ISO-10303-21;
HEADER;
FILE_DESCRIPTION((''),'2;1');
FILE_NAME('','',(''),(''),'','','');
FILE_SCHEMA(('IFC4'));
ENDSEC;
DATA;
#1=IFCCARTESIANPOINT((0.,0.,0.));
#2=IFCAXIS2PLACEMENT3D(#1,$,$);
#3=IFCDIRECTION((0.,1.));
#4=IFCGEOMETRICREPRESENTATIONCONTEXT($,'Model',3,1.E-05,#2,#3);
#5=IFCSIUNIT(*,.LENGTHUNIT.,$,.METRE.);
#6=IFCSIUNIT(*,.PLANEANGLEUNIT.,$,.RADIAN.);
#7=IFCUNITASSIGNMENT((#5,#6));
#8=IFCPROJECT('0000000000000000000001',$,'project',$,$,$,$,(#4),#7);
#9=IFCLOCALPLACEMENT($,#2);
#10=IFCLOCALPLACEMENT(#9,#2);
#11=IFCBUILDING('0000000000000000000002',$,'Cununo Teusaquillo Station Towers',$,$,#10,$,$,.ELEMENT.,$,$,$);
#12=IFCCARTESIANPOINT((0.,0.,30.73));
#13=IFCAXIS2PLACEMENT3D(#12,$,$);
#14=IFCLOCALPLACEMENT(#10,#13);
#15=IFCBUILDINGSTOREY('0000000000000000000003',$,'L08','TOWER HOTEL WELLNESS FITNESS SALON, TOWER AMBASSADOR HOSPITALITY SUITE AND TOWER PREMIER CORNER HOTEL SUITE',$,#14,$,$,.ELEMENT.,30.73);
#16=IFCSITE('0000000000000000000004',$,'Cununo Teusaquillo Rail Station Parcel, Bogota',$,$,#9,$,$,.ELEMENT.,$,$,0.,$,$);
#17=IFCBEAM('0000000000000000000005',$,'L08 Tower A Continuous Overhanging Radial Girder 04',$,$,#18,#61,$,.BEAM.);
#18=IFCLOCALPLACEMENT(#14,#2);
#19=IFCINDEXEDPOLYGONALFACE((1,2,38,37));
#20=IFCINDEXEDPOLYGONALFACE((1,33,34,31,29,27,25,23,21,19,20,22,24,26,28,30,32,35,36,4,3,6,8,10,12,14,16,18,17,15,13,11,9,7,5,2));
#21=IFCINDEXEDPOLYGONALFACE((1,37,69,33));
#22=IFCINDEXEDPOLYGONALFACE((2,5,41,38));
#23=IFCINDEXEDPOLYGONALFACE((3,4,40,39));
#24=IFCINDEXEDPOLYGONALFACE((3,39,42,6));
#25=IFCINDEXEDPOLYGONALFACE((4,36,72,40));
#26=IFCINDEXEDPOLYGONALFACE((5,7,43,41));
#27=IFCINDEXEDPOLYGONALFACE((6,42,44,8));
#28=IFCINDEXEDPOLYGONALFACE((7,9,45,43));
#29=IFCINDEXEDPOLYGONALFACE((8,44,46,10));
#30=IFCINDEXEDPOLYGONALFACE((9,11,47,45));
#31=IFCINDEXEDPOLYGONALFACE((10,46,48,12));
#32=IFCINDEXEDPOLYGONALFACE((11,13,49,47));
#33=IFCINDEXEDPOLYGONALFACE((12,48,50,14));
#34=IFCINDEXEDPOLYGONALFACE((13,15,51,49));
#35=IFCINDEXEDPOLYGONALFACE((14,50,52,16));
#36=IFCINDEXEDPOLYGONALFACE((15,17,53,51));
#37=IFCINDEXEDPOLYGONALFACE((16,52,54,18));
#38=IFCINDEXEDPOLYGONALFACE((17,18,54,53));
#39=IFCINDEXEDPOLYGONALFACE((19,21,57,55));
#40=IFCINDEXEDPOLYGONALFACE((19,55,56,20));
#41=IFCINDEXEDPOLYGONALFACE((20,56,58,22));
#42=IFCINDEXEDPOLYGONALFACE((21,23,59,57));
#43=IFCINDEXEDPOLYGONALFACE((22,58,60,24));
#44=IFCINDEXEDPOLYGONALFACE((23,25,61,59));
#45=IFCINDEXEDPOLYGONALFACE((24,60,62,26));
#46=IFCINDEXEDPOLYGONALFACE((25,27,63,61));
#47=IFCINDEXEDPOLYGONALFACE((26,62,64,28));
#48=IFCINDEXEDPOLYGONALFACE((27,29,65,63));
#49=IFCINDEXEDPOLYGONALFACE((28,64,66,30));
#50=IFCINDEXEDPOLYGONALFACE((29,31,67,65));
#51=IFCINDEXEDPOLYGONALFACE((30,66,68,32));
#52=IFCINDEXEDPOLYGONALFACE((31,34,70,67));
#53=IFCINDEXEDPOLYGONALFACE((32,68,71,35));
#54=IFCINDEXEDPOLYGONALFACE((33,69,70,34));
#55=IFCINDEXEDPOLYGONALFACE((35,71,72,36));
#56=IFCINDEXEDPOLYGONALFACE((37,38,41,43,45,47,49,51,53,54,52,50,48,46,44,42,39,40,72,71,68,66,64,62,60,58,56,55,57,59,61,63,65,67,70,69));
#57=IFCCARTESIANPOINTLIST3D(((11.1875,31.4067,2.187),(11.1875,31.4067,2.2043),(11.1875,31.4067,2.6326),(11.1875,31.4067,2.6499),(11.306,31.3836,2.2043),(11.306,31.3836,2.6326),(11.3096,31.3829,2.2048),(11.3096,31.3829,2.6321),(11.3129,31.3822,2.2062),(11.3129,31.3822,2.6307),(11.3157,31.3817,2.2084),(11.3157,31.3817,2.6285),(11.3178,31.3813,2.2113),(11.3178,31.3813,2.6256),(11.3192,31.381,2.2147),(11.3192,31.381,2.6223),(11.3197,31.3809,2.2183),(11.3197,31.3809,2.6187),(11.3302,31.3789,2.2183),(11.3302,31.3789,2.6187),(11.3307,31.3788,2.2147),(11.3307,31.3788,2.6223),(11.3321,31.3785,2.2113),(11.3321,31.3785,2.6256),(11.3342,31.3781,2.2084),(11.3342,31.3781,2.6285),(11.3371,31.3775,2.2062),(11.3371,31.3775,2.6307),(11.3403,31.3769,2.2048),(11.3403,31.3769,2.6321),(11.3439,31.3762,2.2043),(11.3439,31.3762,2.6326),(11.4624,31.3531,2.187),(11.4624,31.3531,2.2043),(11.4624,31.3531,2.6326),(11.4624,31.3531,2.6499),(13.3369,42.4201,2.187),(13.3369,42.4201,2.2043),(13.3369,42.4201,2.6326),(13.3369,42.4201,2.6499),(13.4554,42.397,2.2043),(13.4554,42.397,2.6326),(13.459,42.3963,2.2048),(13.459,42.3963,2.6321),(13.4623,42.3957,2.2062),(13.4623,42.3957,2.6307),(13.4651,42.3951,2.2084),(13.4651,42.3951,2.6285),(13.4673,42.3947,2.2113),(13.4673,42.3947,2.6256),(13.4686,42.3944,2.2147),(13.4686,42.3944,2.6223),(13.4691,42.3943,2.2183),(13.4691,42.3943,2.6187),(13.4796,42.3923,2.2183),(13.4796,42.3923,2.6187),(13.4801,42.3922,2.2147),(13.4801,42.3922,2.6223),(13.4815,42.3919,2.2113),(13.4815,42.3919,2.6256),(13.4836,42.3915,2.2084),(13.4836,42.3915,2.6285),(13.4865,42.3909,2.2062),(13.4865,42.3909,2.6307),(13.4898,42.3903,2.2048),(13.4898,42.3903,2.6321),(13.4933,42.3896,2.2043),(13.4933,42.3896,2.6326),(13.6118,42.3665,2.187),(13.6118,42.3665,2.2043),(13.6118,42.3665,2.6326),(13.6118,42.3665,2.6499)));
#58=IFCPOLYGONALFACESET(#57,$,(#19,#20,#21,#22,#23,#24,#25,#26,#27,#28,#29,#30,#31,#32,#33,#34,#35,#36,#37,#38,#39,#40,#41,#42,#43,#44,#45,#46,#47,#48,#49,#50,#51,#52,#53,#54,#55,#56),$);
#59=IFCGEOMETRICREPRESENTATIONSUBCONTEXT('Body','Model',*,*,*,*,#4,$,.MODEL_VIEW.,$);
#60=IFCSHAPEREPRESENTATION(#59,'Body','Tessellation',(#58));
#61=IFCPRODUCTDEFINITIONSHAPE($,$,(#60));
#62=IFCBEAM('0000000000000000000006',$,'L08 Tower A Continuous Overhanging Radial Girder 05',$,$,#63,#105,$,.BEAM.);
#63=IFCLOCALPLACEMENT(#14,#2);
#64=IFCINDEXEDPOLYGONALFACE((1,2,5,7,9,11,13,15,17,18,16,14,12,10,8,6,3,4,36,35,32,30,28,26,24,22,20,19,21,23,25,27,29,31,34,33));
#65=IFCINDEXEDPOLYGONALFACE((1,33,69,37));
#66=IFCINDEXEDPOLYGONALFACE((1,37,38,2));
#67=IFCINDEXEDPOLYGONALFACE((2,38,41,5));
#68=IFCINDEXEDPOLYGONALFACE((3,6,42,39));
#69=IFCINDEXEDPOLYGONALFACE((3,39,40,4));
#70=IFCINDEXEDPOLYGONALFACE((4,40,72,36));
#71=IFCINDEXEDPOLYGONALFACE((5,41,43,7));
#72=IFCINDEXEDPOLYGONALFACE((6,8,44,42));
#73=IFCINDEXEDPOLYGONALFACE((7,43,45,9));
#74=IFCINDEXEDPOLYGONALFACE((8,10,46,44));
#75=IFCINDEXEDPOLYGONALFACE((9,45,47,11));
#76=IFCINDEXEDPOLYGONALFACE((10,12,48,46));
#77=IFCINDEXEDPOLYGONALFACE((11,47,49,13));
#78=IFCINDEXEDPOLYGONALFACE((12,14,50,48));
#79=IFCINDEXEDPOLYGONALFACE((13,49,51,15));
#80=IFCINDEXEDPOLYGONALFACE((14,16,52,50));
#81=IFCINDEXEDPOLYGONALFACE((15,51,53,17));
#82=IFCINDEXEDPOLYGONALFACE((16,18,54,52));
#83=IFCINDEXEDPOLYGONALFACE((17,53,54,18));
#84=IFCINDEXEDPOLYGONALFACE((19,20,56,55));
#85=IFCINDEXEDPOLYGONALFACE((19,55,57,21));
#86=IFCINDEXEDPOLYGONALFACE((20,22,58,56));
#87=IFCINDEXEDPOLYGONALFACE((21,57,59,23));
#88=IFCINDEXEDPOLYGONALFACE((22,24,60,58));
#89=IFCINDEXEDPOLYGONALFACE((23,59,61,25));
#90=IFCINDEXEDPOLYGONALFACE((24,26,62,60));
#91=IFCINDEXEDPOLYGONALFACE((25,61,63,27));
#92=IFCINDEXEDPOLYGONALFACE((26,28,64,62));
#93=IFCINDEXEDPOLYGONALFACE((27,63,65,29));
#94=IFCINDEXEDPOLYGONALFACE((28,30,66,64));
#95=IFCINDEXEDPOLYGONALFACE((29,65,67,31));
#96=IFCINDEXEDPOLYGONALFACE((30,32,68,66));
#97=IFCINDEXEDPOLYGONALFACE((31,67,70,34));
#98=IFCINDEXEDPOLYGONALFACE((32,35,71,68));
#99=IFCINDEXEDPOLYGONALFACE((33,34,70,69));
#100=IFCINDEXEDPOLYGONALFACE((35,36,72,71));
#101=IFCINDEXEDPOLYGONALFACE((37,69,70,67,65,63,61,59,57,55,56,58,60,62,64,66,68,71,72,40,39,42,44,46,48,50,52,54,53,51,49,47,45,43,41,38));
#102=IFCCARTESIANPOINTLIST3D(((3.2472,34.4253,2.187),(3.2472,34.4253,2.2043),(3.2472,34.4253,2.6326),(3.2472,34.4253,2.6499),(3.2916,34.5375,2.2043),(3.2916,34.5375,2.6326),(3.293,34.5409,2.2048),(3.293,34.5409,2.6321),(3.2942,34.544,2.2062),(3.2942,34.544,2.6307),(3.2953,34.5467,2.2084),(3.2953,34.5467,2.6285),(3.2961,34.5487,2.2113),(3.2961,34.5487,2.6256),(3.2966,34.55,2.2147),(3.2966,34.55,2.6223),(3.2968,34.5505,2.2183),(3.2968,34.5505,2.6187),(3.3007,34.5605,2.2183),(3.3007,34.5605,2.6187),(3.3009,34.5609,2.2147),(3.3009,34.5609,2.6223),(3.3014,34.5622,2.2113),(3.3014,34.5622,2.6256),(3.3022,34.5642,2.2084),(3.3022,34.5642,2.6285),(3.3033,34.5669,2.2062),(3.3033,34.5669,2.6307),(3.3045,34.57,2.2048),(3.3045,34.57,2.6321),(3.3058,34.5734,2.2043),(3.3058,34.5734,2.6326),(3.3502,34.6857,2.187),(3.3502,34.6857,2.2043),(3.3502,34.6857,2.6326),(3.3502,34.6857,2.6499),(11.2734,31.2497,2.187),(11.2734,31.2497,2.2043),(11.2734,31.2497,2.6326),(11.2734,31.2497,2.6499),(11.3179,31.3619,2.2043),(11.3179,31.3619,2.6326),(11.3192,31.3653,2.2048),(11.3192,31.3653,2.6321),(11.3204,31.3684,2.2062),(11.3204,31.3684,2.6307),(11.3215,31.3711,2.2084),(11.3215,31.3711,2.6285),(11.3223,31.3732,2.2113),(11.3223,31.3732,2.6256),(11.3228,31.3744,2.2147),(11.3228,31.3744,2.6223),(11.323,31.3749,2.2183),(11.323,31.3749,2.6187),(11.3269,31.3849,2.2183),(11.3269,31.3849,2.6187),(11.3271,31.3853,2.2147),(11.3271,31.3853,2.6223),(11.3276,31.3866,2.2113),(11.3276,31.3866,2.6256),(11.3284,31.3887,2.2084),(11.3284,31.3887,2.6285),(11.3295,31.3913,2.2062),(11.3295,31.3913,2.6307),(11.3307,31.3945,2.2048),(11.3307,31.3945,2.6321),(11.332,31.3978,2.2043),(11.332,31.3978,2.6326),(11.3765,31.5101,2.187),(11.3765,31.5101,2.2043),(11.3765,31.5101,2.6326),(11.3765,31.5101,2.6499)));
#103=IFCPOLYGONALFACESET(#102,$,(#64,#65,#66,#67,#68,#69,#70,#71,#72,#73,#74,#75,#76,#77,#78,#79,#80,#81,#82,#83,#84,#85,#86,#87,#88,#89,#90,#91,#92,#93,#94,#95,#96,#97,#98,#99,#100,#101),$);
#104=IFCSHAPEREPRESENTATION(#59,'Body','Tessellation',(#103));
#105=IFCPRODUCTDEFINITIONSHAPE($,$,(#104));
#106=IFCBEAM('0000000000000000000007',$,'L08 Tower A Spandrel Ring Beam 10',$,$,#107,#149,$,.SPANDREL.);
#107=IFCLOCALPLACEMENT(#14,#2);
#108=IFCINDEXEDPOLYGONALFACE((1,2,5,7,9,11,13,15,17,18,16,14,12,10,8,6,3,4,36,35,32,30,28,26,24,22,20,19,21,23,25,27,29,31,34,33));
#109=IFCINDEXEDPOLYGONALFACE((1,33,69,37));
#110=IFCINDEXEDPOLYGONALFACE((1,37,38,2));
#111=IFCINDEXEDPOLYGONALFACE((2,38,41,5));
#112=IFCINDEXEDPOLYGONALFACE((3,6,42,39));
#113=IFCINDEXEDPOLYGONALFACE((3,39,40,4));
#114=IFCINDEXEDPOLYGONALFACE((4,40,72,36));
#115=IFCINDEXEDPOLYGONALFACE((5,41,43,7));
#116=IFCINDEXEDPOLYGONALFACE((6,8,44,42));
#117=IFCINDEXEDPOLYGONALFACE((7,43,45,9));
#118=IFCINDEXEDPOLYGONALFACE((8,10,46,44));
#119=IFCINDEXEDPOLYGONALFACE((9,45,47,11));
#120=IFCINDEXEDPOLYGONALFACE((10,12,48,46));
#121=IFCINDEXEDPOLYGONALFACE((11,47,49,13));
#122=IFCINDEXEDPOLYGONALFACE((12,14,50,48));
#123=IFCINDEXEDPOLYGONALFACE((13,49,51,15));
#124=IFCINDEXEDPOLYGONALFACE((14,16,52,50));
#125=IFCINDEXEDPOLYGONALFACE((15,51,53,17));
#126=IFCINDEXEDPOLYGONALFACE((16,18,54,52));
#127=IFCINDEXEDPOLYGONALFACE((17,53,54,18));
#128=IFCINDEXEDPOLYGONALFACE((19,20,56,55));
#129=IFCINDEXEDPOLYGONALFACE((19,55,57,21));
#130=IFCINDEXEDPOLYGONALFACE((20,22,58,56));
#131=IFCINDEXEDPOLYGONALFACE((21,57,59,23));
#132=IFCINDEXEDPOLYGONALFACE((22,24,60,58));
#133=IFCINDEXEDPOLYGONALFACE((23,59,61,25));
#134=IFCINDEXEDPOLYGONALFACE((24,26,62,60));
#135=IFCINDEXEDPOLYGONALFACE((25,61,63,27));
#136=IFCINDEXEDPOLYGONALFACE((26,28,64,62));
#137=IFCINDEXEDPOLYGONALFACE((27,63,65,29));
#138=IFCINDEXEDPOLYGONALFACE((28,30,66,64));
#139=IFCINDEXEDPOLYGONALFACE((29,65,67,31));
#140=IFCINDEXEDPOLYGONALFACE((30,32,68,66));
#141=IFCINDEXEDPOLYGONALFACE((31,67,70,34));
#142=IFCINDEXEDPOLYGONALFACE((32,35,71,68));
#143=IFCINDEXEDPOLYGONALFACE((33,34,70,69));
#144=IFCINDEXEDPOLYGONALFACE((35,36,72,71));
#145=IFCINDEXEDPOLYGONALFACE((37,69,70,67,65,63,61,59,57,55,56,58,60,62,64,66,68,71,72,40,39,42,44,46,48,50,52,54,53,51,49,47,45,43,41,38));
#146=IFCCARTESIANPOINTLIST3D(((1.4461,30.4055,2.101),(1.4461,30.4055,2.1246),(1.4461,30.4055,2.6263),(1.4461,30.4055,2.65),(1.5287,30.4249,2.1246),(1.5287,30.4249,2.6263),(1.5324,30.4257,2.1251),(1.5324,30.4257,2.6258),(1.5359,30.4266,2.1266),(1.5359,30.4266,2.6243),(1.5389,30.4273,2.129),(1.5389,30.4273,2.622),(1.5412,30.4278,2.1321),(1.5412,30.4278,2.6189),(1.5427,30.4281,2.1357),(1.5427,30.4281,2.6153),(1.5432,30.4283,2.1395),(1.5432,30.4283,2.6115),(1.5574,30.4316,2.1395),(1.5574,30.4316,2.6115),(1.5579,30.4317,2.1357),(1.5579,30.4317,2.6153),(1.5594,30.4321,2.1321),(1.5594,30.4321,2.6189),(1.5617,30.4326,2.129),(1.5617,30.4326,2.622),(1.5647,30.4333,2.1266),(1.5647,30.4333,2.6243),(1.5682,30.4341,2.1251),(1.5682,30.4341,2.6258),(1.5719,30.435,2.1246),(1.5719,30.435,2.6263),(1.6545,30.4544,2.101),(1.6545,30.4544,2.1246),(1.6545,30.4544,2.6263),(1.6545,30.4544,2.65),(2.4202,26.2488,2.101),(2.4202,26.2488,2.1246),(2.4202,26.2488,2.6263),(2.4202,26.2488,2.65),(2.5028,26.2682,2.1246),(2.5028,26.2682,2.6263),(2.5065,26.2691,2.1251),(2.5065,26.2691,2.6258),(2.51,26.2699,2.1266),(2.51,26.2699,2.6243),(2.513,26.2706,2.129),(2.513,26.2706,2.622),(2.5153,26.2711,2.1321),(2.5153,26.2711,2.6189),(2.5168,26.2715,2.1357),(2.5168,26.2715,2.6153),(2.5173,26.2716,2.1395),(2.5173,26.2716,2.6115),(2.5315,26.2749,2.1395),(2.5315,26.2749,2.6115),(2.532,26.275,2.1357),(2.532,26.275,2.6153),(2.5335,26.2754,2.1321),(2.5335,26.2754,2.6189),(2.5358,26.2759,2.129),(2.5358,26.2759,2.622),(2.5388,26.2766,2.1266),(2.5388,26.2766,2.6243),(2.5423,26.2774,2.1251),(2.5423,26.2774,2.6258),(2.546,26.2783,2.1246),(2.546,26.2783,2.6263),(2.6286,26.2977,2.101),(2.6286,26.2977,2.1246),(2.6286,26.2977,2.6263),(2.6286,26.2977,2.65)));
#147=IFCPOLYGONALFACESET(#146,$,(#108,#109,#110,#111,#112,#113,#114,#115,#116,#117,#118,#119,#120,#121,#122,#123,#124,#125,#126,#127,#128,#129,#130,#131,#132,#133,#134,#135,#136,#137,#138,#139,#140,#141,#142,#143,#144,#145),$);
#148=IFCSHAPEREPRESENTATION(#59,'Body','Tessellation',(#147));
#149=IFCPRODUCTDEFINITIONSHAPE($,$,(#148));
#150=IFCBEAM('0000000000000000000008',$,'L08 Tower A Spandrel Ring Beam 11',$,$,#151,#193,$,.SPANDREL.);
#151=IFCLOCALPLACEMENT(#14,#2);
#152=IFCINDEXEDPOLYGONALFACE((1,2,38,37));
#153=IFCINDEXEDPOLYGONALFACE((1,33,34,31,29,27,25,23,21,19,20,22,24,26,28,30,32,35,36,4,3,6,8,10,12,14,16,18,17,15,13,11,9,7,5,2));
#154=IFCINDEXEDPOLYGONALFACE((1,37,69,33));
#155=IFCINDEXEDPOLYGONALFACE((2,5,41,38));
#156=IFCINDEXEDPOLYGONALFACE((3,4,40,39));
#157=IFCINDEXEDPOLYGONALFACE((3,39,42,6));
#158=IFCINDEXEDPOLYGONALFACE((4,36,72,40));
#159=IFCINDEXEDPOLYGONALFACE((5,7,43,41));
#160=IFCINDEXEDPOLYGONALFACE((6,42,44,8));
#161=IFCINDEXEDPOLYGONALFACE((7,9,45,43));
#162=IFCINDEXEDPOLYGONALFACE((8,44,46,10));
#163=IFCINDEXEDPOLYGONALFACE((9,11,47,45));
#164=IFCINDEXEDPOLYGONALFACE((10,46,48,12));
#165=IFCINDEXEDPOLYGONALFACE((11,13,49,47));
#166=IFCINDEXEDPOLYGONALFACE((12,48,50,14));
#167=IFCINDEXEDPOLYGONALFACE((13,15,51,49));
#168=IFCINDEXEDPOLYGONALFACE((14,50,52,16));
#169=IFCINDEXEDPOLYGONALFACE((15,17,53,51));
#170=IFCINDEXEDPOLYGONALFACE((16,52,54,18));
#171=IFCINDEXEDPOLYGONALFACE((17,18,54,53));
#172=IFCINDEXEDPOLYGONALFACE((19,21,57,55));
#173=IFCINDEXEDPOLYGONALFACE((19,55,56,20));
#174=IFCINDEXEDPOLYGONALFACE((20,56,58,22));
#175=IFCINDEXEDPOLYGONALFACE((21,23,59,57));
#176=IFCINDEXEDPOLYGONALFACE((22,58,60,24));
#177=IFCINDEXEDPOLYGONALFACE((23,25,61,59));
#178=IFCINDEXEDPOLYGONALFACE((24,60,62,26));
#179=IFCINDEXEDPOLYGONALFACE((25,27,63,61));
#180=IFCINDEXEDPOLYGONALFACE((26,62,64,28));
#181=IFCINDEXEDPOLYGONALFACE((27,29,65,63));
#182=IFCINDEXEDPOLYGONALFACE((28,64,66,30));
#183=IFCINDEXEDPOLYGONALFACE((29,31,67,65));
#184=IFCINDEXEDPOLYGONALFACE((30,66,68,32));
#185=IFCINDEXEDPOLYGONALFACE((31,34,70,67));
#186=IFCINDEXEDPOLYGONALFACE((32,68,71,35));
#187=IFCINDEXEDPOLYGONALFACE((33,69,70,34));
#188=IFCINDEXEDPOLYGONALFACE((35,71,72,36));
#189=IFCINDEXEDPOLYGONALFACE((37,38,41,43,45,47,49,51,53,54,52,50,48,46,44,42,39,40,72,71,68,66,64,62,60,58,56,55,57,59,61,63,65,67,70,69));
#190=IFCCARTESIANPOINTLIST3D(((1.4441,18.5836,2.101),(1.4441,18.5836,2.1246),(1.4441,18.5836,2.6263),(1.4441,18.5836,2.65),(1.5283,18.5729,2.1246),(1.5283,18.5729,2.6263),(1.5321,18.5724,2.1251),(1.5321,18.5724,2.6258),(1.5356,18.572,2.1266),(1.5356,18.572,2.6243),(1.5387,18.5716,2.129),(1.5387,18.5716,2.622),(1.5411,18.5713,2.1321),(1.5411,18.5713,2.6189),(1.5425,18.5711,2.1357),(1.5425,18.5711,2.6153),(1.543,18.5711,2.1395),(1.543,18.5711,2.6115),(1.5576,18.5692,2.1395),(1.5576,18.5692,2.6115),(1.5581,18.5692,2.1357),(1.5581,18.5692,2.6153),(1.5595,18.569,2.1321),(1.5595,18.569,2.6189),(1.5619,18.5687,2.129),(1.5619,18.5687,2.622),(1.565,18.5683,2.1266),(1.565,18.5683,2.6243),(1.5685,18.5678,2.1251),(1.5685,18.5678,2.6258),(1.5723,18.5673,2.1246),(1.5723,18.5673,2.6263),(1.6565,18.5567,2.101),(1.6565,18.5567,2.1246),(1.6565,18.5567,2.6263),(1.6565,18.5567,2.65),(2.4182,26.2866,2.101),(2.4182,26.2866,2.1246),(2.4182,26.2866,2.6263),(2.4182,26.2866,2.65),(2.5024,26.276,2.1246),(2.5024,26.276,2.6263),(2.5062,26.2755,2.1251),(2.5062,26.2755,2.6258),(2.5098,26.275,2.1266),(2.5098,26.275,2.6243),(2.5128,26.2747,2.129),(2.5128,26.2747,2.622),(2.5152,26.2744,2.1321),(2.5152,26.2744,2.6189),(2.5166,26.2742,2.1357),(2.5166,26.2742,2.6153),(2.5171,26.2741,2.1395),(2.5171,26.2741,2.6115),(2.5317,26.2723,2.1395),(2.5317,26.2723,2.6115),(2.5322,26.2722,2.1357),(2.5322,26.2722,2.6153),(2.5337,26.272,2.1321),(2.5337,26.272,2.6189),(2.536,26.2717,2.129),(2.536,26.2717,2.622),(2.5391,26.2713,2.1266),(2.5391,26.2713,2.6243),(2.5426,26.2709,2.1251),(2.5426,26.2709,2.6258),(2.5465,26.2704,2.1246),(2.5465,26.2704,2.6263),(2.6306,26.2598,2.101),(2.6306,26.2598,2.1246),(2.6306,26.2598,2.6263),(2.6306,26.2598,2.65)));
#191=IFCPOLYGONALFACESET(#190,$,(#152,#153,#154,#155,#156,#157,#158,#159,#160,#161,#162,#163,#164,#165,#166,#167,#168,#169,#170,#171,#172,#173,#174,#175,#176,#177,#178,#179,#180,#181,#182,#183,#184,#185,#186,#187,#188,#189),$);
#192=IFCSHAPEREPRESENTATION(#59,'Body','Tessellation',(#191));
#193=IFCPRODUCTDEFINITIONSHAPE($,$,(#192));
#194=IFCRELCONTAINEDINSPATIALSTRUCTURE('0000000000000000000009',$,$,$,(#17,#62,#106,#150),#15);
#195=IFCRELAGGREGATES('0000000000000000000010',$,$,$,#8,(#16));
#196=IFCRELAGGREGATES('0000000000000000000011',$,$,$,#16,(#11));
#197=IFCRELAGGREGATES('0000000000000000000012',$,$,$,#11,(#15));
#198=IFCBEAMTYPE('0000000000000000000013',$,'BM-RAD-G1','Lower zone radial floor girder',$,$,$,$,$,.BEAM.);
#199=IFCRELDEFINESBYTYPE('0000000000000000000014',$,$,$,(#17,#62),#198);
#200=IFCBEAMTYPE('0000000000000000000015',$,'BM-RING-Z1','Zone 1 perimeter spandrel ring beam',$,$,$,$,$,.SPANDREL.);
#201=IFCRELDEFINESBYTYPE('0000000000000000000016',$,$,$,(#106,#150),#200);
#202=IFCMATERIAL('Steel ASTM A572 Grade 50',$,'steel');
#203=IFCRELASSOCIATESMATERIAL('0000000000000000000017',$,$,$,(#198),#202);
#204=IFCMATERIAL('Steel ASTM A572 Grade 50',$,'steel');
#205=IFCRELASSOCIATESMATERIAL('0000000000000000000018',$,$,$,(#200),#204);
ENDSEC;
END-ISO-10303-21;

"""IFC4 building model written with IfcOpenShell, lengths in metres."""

from ifc_helpers import new_model, si_unit, direction, frame, origin, origin_2d, place, context, subcontext, project, spatial, i_section, extrude, material, material_profile, profile_set, type_object, element, save


model = new_model("IFC4")

# Units and contexts
model_context = context("Model", 3, precision=1e-05, world=origin(), true_north=direction((0.0, 1.0)))
body_context = subcontext(model_context, "Body", "Model", "MODEL_VIEW")
ifc_project = project(units=[si_unit("LENGTHUNIT", "METRE"), si_unit("PLANEANGLEUNIT", "RADIAN")], contexts=[model_context])

# Site, building, storey
site_placement = place(None, origin())
site = spatial("IfcSite", under=ifc_project, at=site_placement, Name="Cununo Teusaquillo Rail Station Parcel, Bogota", CompositionType="ELEMENT", RefElevation=0.0)
building_placement = place(site_placement, origin())
building = spatial("IfcBuilding", under=site, at=building_placement, Name="Cununo Teusaquillo Station Towers", CompositionType="ELEMENT")
storey_placement = place(building_placement, frame((0.0, 0.0, 30.73)))
storey = spatial("IfcBuildingStorey", under=building, at=storey_placement, Name="L08", Description="TOWER HOTEL WELLNESS FITNESS SALON, TOWER AMBASSADOR HOSPITALITY SUITE AND TOWER PREMIER CORNER HOTEL SUITE", CompositionType="ELEMENT", Elevation=30.73)

# Beams
ifc_material_1 = material(Name="Steel ASTM A572 Grade 50", Category="steel")
ifc_material_profile_1 = material_profile(ifc_material_1, i_section(OverallWidth=0.28, OverallDepth=0.4629, WebThickness=0.0107, FlangeThickness=0.0173, FilletRadius=0.0139, at=origin_2d()), Name="W18X76")
ifc_profile_set_1 = profile_set([ifc_material_profile_1], Name="Steel ASTM A572 Grade 50")
beam_type_1 = type_object("IfcBeamType", Name="BM-RAD-G1", Description="Lower zone radial floor girder", PredefinedType="BEAM", material=ifc_profile_set_1)
beam_1_placement = place(storey_placement, frame((11.325, 31.3799, 2.4185), z_axis=(0.191549, 0.981483, 0.0), x_axis=(-0.981483, 0.191549, 0.0)))
element("IfcBeam", 1, at=beam_1_placement, inside=storey, type_object=beam_type_1, Name="L08 Tower A Continuous Overhanging Radial Girder 04", PredefinedType="BEAM", context=body_context, shape_type="SweptSolid", body=[
    extrude(i_section(OverallWidth=0.28, OverallDepth=0.4629, WebThickness=0.0107, FlangeThickness=0.0173, FilletRadius=0.0139, at=origin_2d()), origin(), (0.0, 0.0, 1.0), 11.2212),
])
beam_2_placement = place(storey_placement, frame((11.325, 31.3799, 2.4185), z_axis=(-0.929865, 0.367901, 0.0), x_axis=(-0.367901, -0.929865, 0.0)))
element("IfcBeam", 2, at=beam_2_placement, inside=storey, type_object=beam_type_1, Name="L08 Tower A Continuous Overhanging Radial Girder 05", PredefinedType="BEAM", context=body_context, shape_type="SweptSolid", body=[
    extrude(i_section(OverallWidth=0.28, OverallDepth=0.4629, WebThickness=0.0107, FlangeThickness=0.0173, FilletRadius=0.0139, at=origin_2d()), origin(), (0.0, 0.0, 1.0), 8.6316),
])
ifc_material_2 = material(Name="Steel ASTM A572 Grade 50", Category="steel")
ifc_material_profile_2 = material_profile(ifc_material_2, i_section(OverallWidth=0.2141, OverallDepth=0.5491, WebThickness=0.0146, FlangeThickness=0.0237, FilletRadius=0.0149, at=origin_2d()), Name="W21X93")
ifc_profile_set_2 = profile_set([ifc_material_profile_2], Name="Steel ASTM A572 Grade 50")
beam_type_2 = type_object("IfcBeamType", Name="BM-RING-Z1", Description="Zone 1 perimeter spandrel ring beam", PredefinedType="SPANDREL", material=ifc_profile_set_2)
beam_3_placement = place(storey_placement, frame((1.5503, 30.4299, 2.3755), z_axis=(0.228166, -0.973622, 0.0), x_axis=(0.973622, 0.228166, 0.0)))
element("IfcBeam", 3, at=beam_3_placement, inside=storey, type_object=beam_type_2, Name="L08 Tower A Spandrel Ring Beam 10", PredefinedType="SPANDREL", context=body_context, shape_type="SweptSolid", body=[
    extrude(i_section(OverallWidth=0.2141, OverallDepth=0.5491, WebThickness=0.0146, FlangeThickness=0.0237, FilletRadius=0.0149, at=origin_2d()), origin(), (0.0, 0.0, 1.0), 4.2693),
])
beam_4_placement = place(storey_placement, frame((2.5244, 26.2732, 2.3755), z_axis=(-0.125459, -0.992099, 0.0), x_axis=(0.992099, -0.125459, 0.0)))
element("IfcBeam", 4, at=beam_4_placement, inside=storey, type_object=beam_type_2, Name="L08 Tower A Spandrel Ring Beam 11", PredefinedType="SPANDREL", context=body_context, shape_type="SweptSolid", body=[
    extrude(i_section(OverallWidth=0.2141, OverallDepth=0.5491, WebThickness=0.0146, FlangeThickness=0.0237, FilletRadius=0.0149, at=origin_2d()), origin(), (0.0, 0.0, 1.0), 7.7644),
])

save(model, "model.ifc")
